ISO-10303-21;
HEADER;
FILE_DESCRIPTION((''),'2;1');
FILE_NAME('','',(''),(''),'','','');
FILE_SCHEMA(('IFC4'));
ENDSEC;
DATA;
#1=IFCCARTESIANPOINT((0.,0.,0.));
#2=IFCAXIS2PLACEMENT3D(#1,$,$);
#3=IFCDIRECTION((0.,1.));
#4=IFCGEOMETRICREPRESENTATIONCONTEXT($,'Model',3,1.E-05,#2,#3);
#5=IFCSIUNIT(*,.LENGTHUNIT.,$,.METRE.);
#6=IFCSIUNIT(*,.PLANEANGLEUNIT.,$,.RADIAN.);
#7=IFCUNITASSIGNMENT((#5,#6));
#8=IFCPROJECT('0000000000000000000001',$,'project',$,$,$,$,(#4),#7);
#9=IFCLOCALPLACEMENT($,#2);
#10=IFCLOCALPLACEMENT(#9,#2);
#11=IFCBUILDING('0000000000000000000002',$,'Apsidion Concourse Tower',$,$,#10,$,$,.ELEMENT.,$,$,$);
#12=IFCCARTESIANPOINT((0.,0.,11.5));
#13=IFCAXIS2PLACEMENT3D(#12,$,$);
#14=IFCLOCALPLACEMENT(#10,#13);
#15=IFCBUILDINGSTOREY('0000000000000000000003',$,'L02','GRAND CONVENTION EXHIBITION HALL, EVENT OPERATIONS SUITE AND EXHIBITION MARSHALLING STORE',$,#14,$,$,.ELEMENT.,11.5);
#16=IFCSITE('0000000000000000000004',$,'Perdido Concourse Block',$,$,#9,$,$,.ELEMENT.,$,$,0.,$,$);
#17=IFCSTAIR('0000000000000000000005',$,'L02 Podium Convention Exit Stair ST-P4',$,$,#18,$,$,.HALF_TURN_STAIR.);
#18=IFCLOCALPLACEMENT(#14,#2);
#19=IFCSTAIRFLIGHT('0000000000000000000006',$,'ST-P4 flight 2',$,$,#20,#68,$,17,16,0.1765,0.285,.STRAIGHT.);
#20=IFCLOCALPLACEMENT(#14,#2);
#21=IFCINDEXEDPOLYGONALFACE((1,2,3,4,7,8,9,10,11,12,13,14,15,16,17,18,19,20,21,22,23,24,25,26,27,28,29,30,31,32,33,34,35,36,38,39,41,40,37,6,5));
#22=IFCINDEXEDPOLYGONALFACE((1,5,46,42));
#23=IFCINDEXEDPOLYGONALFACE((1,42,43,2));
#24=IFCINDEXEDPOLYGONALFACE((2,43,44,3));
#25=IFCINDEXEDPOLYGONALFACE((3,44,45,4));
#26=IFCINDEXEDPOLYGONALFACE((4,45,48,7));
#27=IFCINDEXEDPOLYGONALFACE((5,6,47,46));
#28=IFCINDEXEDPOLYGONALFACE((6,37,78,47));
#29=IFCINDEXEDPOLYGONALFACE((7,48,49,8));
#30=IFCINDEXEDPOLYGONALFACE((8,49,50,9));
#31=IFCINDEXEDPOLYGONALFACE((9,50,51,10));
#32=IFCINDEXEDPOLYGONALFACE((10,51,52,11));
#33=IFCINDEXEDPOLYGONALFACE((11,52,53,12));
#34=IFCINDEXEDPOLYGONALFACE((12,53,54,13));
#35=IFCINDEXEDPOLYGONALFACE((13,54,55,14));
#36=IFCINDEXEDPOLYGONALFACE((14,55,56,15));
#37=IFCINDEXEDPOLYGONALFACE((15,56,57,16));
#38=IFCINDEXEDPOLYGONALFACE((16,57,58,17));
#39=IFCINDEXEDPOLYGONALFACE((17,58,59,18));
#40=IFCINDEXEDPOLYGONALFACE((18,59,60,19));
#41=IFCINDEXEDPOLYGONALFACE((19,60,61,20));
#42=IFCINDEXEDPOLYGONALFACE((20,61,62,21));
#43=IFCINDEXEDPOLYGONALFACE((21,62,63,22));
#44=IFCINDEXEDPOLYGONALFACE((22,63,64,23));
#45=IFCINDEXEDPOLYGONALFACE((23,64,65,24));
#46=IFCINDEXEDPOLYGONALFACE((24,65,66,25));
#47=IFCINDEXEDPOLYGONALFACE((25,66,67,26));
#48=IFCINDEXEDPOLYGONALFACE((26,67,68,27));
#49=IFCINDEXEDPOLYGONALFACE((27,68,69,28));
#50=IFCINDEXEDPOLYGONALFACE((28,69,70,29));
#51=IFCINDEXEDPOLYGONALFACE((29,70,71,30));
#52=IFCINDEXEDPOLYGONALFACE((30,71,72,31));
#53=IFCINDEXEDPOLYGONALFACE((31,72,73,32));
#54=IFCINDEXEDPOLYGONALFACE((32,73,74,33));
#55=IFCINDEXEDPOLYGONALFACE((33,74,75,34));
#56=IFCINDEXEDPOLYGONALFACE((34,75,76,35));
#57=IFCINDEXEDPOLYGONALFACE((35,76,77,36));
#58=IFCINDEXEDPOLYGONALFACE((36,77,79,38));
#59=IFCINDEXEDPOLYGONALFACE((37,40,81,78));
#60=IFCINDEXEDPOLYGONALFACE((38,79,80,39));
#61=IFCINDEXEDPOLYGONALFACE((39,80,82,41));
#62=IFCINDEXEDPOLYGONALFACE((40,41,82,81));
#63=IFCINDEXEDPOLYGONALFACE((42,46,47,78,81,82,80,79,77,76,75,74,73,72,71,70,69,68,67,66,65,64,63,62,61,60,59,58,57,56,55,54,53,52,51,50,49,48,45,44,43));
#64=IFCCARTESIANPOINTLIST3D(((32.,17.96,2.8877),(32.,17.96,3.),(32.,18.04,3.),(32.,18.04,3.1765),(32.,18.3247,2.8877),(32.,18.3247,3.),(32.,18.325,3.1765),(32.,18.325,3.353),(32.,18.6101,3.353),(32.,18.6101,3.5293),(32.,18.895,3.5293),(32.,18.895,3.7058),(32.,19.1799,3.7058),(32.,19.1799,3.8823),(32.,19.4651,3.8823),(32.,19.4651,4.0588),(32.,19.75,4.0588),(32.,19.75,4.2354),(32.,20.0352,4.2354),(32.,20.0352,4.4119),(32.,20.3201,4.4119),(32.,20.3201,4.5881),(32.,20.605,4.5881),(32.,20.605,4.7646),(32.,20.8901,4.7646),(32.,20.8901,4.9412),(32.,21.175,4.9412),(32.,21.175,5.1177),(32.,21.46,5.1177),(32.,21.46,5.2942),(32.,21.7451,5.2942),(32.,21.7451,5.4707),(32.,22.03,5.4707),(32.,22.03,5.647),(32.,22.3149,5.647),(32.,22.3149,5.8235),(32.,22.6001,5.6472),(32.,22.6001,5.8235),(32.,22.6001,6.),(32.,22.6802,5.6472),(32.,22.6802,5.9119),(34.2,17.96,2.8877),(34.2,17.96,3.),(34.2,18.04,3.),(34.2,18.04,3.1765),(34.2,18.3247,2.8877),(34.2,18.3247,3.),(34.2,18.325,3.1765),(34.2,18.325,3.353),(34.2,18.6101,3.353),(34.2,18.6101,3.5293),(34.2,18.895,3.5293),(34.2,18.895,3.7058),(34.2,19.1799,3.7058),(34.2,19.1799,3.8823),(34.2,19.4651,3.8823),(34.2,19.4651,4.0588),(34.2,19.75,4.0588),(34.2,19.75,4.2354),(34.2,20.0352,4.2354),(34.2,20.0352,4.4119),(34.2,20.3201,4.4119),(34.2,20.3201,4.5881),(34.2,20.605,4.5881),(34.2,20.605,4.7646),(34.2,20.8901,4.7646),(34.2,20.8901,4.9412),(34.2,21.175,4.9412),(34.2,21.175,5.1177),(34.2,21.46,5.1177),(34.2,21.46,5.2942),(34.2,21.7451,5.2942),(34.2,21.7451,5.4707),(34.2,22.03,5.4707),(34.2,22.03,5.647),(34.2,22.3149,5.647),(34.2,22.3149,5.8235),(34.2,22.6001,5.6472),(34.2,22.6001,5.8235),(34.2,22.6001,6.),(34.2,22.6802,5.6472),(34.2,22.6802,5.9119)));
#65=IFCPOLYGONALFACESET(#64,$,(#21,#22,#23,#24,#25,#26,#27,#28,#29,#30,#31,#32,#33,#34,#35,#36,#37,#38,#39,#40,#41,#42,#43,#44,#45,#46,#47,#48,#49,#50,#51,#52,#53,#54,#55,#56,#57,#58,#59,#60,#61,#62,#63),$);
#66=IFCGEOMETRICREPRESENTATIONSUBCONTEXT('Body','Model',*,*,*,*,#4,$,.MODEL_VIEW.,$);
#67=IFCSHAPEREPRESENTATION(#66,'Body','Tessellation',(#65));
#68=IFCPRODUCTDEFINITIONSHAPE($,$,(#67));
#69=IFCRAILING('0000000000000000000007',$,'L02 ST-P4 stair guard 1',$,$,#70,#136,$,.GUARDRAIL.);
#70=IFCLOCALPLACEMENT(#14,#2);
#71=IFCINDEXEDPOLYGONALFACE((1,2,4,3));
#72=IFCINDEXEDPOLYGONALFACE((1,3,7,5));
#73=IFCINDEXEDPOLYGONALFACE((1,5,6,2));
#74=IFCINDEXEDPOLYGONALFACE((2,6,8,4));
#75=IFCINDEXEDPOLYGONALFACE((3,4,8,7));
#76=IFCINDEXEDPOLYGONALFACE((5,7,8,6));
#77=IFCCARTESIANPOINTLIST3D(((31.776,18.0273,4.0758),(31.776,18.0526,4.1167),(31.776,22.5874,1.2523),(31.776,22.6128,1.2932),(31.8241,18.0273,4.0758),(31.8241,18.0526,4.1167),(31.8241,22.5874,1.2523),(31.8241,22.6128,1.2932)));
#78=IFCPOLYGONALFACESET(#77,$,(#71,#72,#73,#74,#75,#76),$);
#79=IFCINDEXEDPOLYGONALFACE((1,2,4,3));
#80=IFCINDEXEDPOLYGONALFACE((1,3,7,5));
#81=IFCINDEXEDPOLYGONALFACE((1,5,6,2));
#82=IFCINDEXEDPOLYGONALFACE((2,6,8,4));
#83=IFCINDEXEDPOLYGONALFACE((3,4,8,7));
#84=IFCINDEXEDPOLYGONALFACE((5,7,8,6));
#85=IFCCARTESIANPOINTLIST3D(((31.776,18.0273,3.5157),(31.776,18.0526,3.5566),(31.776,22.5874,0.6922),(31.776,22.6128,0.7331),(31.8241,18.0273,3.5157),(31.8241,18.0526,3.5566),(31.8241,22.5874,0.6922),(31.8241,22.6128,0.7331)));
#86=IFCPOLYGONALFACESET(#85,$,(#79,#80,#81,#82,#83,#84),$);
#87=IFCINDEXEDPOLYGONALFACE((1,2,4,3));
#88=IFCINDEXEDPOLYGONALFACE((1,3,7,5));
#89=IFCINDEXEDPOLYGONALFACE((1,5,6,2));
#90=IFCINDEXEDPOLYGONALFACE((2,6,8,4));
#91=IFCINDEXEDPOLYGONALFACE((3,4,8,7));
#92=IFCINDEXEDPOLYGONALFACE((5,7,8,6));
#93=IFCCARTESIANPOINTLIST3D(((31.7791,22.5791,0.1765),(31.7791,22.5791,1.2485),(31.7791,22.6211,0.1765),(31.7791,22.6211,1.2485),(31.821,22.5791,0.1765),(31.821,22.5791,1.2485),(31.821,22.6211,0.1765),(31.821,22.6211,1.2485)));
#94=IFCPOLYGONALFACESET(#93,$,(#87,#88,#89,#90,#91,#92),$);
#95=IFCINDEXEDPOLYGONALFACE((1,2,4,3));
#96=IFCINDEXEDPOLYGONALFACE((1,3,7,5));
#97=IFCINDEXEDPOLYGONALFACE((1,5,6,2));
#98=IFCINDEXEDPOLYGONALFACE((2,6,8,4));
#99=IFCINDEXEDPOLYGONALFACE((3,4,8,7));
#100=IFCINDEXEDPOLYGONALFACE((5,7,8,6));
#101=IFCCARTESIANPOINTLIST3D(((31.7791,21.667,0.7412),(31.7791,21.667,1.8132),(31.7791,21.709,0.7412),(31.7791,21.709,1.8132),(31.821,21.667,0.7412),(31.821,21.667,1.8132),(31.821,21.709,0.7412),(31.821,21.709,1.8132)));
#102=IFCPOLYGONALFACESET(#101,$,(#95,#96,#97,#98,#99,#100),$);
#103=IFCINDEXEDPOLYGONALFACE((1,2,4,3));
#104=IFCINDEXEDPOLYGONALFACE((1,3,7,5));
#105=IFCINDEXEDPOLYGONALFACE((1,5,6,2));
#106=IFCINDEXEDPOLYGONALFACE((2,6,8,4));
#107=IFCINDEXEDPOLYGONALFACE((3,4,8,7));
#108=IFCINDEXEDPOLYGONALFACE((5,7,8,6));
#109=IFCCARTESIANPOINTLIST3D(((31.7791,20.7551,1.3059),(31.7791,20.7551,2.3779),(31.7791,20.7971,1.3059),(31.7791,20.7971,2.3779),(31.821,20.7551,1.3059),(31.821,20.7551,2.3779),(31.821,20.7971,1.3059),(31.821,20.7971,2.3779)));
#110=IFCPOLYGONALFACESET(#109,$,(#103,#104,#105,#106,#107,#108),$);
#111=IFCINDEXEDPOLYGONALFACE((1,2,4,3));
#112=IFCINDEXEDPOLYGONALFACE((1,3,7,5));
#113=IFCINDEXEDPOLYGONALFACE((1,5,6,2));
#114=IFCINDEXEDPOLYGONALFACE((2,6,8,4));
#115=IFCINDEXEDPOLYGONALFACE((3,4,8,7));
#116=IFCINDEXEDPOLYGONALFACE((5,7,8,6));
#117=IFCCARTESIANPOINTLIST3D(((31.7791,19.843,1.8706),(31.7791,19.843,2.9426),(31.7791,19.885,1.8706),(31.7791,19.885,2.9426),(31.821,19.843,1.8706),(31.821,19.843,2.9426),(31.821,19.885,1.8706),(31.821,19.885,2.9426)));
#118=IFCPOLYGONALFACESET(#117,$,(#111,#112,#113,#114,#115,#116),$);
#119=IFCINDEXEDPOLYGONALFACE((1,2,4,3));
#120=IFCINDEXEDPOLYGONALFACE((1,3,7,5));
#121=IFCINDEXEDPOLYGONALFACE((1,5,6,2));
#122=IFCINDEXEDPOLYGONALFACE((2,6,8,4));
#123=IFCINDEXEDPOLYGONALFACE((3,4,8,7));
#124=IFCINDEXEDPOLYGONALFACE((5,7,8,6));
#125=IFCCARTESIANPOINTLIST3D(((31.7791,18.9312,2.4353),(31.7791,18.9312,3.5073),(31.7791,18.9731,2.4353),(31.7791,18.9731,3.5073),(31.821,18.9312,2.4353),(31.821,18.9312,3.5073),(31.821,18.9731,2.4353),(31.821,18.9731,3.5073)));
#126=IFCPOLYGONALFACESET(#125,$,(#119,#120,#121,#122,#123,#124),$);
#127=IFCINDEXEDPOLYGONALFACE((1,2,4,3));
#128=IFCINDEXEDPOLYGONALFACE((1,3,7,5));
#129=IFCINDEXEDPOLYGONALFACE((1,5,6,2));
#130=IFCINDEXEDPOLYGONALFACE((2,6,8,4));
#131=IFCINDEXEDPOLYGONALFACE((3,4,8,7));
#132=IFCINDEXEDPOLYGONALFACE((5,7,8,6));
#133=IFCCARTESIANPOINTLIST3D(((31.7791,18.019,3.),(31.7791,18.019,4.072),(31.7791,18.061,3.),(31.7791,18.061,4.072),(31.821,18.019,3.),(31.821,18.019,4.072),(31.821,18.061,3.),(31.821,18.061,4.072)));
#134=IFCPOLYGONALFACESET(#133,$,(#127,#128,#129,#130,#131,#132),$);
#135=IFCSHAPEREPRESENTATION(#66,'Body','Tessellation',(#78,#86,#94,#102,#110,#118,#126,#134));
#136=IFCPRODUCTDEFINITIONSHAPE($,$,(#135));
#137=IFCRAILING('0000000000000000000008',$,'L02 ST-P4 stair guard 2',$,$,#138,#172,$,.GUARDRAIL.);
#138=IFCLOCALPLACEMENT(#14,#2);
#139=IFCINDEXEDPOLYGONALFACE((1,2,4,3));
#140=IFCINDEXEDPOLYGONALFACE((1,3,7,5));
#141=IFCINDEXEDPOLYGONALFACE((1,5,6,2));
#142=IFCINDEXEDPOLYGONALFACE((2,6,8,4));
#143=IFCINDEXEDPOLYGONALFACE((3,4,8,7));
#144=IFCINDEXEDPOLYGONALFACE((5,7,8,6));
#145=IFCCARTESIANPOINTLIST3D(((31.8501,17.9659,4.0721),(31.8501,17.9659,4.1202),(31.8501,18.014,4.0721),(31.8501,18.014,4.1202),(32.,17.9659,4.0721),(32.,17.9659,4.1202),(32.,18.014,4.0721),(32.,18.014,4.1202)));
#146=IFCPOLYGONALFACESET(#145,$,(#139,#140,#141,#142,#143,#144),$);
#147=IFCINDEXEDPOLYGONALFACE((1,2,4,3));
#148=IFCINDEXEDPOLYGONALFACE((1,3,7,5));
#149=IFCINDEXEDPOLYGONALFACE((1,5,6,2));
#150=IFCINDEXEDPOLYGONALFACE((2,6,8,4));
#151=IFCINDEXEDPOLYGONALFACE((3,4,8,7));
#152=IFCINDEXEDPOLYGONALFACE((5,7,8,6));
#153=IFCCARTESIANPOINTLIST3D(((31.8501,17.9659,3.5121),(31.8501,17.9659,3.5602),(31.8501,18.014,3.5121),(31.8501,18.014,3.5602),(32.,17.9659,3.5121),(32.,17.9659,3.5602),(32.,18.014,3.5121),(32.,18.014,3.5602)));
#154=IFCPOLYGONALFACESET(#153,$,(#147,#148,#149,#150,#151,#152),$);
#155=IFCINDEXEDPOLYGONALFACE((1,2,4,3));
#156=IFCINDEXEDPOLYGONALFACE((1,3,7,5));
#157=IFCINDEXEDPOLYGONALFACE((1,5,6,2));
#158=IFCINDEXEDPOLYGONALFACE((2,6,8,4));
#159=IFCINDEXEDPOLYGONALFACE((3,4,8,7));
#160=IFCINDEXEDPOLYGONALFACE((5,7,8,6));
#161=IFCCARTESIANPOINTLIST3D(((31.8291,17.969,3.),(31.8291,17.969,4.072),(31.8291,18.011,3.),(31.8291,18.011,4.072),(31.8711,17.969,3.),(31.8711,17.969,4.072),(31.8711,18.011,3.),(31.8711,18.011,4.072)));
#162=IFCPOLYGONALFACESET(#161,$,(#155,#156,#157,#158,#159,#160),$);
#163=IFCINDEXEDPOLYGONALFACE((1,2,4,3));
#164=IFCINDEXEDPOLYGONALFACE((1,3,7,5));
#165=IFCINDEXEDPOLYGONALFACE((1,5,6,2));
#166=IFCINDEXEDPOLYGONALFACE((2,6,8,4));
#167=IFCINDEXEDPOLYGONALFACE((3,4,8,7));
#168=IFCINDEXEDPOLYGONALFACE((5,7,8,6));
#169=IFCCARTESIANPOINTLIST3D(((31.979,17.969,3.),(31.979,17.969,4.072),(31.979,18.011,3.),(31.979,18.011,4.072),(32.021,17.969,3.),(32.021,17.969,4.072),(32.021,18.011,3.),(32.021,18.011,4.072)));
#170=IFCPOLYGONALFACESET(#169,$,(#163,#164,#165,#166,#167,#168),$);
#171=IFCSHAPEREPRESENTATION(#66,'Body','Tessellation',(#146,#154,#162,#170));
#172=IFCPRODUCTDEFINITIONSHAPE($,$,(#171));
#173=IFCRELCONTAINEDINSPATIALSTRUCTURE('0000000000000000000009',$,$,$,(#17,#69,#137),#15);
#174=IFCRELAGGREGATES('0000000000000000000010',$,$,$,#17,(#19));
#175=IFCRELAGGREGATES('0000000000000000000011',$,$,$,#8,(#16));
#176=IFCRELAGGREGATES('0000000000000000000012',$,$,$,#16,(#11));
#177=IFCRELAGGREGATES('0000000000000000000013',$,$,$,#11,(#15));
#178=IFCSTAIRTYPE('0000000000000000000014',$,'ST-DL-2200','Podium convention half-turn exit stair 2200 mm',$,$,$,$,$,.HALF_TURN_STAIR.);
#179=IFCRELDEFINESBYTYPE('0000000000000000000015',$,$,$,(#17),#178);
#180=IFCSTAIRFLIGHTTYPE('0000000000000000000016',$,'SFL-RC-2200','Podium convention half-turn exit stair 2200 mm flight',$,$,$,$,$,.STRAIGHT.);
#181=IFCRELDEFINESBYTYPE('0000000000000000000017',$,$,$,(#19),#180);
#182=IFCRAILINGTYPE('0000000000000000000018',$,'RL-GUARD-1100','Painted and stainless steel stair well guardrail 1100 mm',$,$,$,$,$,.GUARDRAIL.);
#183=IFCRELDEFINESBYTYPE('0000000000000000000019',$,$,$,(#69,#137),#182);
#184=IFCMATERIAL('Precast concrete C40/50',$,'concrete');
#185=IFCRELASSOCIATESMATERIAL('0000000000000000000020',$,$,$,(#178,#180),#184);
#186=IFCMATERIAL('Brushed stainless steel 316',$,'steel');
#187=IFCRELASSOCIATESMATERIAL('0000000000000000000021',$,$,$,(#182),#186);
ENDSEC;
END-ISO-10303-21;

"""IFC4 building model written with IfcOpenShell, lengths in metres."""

from ifc_helpers import new_model, si_unit, direction, frame, origin, origin_2d, place, context, subcontext, project, spatial, polyline, rectangle, outline, extrude, material, type_object, element, aggregate, save


model = new_model("IFC4")

# Units and contexts
model_context = context("Model", 3, precision=1e-05, world=origin(), true_north=direction((0.0, 1.0)))
body_context = subcontext(model_context, "Body", "Model", "MODEL_VIEW")
ifc_project = project(units=[si_unit("LENGTHUNIT", "METRE"), si_unit("PLANEANGLEUNIT", "RADIAN")], contexts=[model_context])

# Site, building, storey
site_placement = place(None, origin())
site = spatial("IfcSite", under=ifc_project, at=site_placement, Name="Perdido Concourse Block", CompositionType="ELEMENT", RefElevation=0.0)
building_placement = place(site_placement, origin())
building = spatial("IfcBuilding", under=site, at=building_placement, Name="Apsidion Concourse Tower", CompositionType="ELEMENT")
storey_placement = place(building_placement, frame((0.0, 0.0, 11.5)))
storey = spatial("IfcBuildingStorey", under=building, at=storey_placement, Name="L02", Description="GRAND CONVENTION EXHIBITION HALL, EVENT OPERATIONS SUITE AND EXHIBITION MARSHALLING STORE", CompositionType="ELEMENT", Elevation=11.5)

# Shared definitions
ifc_material_1 = material(Name="Precast concrete C40/50", Category="concrete")

# Shared definitions
ifc_material_2 = material(Name="Brushed stainless steel 316", Category="steel")

# Stair, stair flight
stair_type = type_object("IfcStairType", Name="ST-DL-2200", Description="Podium convention half-turn exit stair 2200 mm", PredefinedType="HALF_TURN_STAIR", material=ifc_material_1)
stair_placement = place(storey_placement, origin())
stair = element("IfcStair", 1, at=stair_placement, inside=storey, type_object=stair_type, Name="L02 Podium Convention Exit Stair ST-P4", PredefinedType="HALF_TURN_STAIR")
stair_flight_type = type_object("IfcStairFlightType", Name="SFL-RC-2200", Description="Podium convention half-turn exit stair 2200 mm flight", PredefinedType="STRAIGHT", material=ifc_material_1)
stair_flight_1_placement = place(storey_placement, frame((33.1001, 18.04, 3.0), z_axis=(0.0, 0.0, 1.0), x_axis=(0.0, 1.0, 0.0)))
stair_flight_1 = element("IfcStairFlight", 2, at=stair_flight_1_placement, type_object=stair_flight_type, Name="ST-P4 flight 2", NumberOfRisers=17, NumberOfTreads=16, PredefinedType="STRAIGHT", RiserHeight=0.1765, TreadLength=0.285, context=body_context, shape_type="SweptSolid", body=[
    extrude(outline(polyline([(-0.0801, -0.1123), (-0.0801, 0.0), (0.0, 0.0), (0.0, 0.1765), (0.2849, 0.1765), (0.2849, 0.353), (0.5701, 0.353), (0.5701, 0.5293), (0.855, 0.5293), (0.855, 0.7058), (1.1399, 0.7058), (1.1399, 0.8823), (1.425, 0.8823), (1.425, 1.0588), (1.71, 1.0588), (1.71, 1.2354), (1.9951, 1.2354), (1.9951, 1.4119), (2.28, 1.4119), (2.28, 1.5881), (2.5649, 1.5881), (2.5649, 1.7646), (2.8501, 1.7646), (2.8501, 1.9412), (3.135, 1.9412), (3.135, 2.1177), (3.4199, 2.1177), (3.4199, 2.2942), (3.7051, 2.2942), (3.7051, 2.4707), (3.99, 2.4707), (3.99, 2.647), (4.2749, 2.647), (4.2749, 2.8235), (4.5601, 2.8235), (4.5601, 3.0), (4.6401, 2.9119), (4.6401, 2.6472), (4.5601, 2.6472), (0.2847, 0.0), (0.2847, -0.1123), (-0.0801, -0.1123)])), frame((0.0, 1.1001, 0.0), z_axis=(0.0, -1.0, 0.0), x_axis=(1.0, 0.0, 0.0)), (0.0, 0.0, 1.0), 2.2),
])
aggregate(stair, [stair_flight_1])

# Railings
railing_type_1 = type_object("IfcRailingType", Name="RL-GUARD-1100", Description="Painted and stainless steel stair well guardrail 1100 mm", PredefinedType="GUARDRAIL", material=ifc_material_2)
railing_1_placement = place(storey_placement, frame((31.8, 22.6001, 0.1765)))
element("IfcRailing", 3, at=railing_1_placement, inside=storey, type_object=railing_type_1, Name="L02 ST-P4 stair guard 1", PredefinedType="GUARDRAIL", context=body_context, shape_type="SweptSolid", body=[
    extrude(rectangle(XDim=0.0481, YDim=0.0481, at=origin_2d()), frame((0.0, 0.0, 1.0962), z_axis=(0.0, -0.850216, 0.526435), x_axis=(1.0, 0.0, 0.0)), (0.0, 0.0, 1.0), 5.3635),
    extrude(rectangle(XDim=0.0481, YDim=0.0481, at=origin_2d()), frame((0.0, 0.0, 0.5361), z_axis=(0.0, -0.850216, 0.526435), x_axis=(1.0, 0.0, 0.0)), (0.0, 0.0, 1.0), 5.3635),
    extrude(rectangle(XDim=0.042, YDim=0.042, at=origin_2d()), origin(), (0.0, 0.0, 1.0), 1.072),
    extrude(rectangle(XDim=0.042, YDim=0.042, at=origin_2d()), frame((0.0, -0.9121, 0.5647)), (0.0, 0.0, 1.0), 1.072),
    extrude(rectangle(XDim=0.042, YDim=0.042, at=origin_2d()), frame((0.0, -1.824, 1.1294)), (0.0, 0.0, 1.0), 1.072),
    extrude(rectangle(XDim=0.042, YDim=0.042, at=origin_2d()), frame((0.0, -2.7361, 1.6941)), (0.0, 0.0, 1.0), 1.072),
    extrude(rectangle(XDim=0.042, YDim=0.042, at=origin_2d()), frame((0.0, -3.6479, 2.2588)), (0.0, 0.0, 1.0), 1.072),
    extrude(rectangle(XDim=0.042, YDim=0.042, at=origin_2d()), frame((0.0, -4.5601, 2.8235)), (0.0, 0.0, 1.0), 1.072),
])
railing_2_placement = place(storey_placement, frame((31.8501, 17.99, 3.0)))
element("IfcRailing", 4, at=railing_2_placement, inside=storey, type_object=railing_type_1, Name="L02 ST-P4 stair guard 2", PredefinedType="GUARDRAIL", context=body_context, shape_type="SweptSolid", body=[
    extrude(rectangle(XDim=0.0481, YDim=0.0481, at=origin_2d()), frame((0.0, 0.0, 1.0962), z_axis=(1.0, 0.0, 0.0), x_axis=(0.0, 1.0, 0.0)), (0.0, 0.0, 1.0), 0.1499),
    extrude(rectangle(XDim=0.0481, YDim=0.0481, at=origin_2d()), frame((0.0, 0.0, 0.5361), z_axis=(1.0, 0.0, 0.0), x_axis=(0.0, 1.0, 0.0)), (0.0, 0.0, 1.0), 0.1499),
    extrude(rectangle(XDim=0.042, YDim=0.042, at=origin_2d()), origin(), (0.0, 0.0, 1.0), 1.072),
    extrude(rectangle(XDim=0.042, YDim=0.042, at=origin_2d()), frame((0.1499, 0.0, 0.0)), (0.0, 0.0, 1.0), 1.072),
])

save(model, "model.ifc")
